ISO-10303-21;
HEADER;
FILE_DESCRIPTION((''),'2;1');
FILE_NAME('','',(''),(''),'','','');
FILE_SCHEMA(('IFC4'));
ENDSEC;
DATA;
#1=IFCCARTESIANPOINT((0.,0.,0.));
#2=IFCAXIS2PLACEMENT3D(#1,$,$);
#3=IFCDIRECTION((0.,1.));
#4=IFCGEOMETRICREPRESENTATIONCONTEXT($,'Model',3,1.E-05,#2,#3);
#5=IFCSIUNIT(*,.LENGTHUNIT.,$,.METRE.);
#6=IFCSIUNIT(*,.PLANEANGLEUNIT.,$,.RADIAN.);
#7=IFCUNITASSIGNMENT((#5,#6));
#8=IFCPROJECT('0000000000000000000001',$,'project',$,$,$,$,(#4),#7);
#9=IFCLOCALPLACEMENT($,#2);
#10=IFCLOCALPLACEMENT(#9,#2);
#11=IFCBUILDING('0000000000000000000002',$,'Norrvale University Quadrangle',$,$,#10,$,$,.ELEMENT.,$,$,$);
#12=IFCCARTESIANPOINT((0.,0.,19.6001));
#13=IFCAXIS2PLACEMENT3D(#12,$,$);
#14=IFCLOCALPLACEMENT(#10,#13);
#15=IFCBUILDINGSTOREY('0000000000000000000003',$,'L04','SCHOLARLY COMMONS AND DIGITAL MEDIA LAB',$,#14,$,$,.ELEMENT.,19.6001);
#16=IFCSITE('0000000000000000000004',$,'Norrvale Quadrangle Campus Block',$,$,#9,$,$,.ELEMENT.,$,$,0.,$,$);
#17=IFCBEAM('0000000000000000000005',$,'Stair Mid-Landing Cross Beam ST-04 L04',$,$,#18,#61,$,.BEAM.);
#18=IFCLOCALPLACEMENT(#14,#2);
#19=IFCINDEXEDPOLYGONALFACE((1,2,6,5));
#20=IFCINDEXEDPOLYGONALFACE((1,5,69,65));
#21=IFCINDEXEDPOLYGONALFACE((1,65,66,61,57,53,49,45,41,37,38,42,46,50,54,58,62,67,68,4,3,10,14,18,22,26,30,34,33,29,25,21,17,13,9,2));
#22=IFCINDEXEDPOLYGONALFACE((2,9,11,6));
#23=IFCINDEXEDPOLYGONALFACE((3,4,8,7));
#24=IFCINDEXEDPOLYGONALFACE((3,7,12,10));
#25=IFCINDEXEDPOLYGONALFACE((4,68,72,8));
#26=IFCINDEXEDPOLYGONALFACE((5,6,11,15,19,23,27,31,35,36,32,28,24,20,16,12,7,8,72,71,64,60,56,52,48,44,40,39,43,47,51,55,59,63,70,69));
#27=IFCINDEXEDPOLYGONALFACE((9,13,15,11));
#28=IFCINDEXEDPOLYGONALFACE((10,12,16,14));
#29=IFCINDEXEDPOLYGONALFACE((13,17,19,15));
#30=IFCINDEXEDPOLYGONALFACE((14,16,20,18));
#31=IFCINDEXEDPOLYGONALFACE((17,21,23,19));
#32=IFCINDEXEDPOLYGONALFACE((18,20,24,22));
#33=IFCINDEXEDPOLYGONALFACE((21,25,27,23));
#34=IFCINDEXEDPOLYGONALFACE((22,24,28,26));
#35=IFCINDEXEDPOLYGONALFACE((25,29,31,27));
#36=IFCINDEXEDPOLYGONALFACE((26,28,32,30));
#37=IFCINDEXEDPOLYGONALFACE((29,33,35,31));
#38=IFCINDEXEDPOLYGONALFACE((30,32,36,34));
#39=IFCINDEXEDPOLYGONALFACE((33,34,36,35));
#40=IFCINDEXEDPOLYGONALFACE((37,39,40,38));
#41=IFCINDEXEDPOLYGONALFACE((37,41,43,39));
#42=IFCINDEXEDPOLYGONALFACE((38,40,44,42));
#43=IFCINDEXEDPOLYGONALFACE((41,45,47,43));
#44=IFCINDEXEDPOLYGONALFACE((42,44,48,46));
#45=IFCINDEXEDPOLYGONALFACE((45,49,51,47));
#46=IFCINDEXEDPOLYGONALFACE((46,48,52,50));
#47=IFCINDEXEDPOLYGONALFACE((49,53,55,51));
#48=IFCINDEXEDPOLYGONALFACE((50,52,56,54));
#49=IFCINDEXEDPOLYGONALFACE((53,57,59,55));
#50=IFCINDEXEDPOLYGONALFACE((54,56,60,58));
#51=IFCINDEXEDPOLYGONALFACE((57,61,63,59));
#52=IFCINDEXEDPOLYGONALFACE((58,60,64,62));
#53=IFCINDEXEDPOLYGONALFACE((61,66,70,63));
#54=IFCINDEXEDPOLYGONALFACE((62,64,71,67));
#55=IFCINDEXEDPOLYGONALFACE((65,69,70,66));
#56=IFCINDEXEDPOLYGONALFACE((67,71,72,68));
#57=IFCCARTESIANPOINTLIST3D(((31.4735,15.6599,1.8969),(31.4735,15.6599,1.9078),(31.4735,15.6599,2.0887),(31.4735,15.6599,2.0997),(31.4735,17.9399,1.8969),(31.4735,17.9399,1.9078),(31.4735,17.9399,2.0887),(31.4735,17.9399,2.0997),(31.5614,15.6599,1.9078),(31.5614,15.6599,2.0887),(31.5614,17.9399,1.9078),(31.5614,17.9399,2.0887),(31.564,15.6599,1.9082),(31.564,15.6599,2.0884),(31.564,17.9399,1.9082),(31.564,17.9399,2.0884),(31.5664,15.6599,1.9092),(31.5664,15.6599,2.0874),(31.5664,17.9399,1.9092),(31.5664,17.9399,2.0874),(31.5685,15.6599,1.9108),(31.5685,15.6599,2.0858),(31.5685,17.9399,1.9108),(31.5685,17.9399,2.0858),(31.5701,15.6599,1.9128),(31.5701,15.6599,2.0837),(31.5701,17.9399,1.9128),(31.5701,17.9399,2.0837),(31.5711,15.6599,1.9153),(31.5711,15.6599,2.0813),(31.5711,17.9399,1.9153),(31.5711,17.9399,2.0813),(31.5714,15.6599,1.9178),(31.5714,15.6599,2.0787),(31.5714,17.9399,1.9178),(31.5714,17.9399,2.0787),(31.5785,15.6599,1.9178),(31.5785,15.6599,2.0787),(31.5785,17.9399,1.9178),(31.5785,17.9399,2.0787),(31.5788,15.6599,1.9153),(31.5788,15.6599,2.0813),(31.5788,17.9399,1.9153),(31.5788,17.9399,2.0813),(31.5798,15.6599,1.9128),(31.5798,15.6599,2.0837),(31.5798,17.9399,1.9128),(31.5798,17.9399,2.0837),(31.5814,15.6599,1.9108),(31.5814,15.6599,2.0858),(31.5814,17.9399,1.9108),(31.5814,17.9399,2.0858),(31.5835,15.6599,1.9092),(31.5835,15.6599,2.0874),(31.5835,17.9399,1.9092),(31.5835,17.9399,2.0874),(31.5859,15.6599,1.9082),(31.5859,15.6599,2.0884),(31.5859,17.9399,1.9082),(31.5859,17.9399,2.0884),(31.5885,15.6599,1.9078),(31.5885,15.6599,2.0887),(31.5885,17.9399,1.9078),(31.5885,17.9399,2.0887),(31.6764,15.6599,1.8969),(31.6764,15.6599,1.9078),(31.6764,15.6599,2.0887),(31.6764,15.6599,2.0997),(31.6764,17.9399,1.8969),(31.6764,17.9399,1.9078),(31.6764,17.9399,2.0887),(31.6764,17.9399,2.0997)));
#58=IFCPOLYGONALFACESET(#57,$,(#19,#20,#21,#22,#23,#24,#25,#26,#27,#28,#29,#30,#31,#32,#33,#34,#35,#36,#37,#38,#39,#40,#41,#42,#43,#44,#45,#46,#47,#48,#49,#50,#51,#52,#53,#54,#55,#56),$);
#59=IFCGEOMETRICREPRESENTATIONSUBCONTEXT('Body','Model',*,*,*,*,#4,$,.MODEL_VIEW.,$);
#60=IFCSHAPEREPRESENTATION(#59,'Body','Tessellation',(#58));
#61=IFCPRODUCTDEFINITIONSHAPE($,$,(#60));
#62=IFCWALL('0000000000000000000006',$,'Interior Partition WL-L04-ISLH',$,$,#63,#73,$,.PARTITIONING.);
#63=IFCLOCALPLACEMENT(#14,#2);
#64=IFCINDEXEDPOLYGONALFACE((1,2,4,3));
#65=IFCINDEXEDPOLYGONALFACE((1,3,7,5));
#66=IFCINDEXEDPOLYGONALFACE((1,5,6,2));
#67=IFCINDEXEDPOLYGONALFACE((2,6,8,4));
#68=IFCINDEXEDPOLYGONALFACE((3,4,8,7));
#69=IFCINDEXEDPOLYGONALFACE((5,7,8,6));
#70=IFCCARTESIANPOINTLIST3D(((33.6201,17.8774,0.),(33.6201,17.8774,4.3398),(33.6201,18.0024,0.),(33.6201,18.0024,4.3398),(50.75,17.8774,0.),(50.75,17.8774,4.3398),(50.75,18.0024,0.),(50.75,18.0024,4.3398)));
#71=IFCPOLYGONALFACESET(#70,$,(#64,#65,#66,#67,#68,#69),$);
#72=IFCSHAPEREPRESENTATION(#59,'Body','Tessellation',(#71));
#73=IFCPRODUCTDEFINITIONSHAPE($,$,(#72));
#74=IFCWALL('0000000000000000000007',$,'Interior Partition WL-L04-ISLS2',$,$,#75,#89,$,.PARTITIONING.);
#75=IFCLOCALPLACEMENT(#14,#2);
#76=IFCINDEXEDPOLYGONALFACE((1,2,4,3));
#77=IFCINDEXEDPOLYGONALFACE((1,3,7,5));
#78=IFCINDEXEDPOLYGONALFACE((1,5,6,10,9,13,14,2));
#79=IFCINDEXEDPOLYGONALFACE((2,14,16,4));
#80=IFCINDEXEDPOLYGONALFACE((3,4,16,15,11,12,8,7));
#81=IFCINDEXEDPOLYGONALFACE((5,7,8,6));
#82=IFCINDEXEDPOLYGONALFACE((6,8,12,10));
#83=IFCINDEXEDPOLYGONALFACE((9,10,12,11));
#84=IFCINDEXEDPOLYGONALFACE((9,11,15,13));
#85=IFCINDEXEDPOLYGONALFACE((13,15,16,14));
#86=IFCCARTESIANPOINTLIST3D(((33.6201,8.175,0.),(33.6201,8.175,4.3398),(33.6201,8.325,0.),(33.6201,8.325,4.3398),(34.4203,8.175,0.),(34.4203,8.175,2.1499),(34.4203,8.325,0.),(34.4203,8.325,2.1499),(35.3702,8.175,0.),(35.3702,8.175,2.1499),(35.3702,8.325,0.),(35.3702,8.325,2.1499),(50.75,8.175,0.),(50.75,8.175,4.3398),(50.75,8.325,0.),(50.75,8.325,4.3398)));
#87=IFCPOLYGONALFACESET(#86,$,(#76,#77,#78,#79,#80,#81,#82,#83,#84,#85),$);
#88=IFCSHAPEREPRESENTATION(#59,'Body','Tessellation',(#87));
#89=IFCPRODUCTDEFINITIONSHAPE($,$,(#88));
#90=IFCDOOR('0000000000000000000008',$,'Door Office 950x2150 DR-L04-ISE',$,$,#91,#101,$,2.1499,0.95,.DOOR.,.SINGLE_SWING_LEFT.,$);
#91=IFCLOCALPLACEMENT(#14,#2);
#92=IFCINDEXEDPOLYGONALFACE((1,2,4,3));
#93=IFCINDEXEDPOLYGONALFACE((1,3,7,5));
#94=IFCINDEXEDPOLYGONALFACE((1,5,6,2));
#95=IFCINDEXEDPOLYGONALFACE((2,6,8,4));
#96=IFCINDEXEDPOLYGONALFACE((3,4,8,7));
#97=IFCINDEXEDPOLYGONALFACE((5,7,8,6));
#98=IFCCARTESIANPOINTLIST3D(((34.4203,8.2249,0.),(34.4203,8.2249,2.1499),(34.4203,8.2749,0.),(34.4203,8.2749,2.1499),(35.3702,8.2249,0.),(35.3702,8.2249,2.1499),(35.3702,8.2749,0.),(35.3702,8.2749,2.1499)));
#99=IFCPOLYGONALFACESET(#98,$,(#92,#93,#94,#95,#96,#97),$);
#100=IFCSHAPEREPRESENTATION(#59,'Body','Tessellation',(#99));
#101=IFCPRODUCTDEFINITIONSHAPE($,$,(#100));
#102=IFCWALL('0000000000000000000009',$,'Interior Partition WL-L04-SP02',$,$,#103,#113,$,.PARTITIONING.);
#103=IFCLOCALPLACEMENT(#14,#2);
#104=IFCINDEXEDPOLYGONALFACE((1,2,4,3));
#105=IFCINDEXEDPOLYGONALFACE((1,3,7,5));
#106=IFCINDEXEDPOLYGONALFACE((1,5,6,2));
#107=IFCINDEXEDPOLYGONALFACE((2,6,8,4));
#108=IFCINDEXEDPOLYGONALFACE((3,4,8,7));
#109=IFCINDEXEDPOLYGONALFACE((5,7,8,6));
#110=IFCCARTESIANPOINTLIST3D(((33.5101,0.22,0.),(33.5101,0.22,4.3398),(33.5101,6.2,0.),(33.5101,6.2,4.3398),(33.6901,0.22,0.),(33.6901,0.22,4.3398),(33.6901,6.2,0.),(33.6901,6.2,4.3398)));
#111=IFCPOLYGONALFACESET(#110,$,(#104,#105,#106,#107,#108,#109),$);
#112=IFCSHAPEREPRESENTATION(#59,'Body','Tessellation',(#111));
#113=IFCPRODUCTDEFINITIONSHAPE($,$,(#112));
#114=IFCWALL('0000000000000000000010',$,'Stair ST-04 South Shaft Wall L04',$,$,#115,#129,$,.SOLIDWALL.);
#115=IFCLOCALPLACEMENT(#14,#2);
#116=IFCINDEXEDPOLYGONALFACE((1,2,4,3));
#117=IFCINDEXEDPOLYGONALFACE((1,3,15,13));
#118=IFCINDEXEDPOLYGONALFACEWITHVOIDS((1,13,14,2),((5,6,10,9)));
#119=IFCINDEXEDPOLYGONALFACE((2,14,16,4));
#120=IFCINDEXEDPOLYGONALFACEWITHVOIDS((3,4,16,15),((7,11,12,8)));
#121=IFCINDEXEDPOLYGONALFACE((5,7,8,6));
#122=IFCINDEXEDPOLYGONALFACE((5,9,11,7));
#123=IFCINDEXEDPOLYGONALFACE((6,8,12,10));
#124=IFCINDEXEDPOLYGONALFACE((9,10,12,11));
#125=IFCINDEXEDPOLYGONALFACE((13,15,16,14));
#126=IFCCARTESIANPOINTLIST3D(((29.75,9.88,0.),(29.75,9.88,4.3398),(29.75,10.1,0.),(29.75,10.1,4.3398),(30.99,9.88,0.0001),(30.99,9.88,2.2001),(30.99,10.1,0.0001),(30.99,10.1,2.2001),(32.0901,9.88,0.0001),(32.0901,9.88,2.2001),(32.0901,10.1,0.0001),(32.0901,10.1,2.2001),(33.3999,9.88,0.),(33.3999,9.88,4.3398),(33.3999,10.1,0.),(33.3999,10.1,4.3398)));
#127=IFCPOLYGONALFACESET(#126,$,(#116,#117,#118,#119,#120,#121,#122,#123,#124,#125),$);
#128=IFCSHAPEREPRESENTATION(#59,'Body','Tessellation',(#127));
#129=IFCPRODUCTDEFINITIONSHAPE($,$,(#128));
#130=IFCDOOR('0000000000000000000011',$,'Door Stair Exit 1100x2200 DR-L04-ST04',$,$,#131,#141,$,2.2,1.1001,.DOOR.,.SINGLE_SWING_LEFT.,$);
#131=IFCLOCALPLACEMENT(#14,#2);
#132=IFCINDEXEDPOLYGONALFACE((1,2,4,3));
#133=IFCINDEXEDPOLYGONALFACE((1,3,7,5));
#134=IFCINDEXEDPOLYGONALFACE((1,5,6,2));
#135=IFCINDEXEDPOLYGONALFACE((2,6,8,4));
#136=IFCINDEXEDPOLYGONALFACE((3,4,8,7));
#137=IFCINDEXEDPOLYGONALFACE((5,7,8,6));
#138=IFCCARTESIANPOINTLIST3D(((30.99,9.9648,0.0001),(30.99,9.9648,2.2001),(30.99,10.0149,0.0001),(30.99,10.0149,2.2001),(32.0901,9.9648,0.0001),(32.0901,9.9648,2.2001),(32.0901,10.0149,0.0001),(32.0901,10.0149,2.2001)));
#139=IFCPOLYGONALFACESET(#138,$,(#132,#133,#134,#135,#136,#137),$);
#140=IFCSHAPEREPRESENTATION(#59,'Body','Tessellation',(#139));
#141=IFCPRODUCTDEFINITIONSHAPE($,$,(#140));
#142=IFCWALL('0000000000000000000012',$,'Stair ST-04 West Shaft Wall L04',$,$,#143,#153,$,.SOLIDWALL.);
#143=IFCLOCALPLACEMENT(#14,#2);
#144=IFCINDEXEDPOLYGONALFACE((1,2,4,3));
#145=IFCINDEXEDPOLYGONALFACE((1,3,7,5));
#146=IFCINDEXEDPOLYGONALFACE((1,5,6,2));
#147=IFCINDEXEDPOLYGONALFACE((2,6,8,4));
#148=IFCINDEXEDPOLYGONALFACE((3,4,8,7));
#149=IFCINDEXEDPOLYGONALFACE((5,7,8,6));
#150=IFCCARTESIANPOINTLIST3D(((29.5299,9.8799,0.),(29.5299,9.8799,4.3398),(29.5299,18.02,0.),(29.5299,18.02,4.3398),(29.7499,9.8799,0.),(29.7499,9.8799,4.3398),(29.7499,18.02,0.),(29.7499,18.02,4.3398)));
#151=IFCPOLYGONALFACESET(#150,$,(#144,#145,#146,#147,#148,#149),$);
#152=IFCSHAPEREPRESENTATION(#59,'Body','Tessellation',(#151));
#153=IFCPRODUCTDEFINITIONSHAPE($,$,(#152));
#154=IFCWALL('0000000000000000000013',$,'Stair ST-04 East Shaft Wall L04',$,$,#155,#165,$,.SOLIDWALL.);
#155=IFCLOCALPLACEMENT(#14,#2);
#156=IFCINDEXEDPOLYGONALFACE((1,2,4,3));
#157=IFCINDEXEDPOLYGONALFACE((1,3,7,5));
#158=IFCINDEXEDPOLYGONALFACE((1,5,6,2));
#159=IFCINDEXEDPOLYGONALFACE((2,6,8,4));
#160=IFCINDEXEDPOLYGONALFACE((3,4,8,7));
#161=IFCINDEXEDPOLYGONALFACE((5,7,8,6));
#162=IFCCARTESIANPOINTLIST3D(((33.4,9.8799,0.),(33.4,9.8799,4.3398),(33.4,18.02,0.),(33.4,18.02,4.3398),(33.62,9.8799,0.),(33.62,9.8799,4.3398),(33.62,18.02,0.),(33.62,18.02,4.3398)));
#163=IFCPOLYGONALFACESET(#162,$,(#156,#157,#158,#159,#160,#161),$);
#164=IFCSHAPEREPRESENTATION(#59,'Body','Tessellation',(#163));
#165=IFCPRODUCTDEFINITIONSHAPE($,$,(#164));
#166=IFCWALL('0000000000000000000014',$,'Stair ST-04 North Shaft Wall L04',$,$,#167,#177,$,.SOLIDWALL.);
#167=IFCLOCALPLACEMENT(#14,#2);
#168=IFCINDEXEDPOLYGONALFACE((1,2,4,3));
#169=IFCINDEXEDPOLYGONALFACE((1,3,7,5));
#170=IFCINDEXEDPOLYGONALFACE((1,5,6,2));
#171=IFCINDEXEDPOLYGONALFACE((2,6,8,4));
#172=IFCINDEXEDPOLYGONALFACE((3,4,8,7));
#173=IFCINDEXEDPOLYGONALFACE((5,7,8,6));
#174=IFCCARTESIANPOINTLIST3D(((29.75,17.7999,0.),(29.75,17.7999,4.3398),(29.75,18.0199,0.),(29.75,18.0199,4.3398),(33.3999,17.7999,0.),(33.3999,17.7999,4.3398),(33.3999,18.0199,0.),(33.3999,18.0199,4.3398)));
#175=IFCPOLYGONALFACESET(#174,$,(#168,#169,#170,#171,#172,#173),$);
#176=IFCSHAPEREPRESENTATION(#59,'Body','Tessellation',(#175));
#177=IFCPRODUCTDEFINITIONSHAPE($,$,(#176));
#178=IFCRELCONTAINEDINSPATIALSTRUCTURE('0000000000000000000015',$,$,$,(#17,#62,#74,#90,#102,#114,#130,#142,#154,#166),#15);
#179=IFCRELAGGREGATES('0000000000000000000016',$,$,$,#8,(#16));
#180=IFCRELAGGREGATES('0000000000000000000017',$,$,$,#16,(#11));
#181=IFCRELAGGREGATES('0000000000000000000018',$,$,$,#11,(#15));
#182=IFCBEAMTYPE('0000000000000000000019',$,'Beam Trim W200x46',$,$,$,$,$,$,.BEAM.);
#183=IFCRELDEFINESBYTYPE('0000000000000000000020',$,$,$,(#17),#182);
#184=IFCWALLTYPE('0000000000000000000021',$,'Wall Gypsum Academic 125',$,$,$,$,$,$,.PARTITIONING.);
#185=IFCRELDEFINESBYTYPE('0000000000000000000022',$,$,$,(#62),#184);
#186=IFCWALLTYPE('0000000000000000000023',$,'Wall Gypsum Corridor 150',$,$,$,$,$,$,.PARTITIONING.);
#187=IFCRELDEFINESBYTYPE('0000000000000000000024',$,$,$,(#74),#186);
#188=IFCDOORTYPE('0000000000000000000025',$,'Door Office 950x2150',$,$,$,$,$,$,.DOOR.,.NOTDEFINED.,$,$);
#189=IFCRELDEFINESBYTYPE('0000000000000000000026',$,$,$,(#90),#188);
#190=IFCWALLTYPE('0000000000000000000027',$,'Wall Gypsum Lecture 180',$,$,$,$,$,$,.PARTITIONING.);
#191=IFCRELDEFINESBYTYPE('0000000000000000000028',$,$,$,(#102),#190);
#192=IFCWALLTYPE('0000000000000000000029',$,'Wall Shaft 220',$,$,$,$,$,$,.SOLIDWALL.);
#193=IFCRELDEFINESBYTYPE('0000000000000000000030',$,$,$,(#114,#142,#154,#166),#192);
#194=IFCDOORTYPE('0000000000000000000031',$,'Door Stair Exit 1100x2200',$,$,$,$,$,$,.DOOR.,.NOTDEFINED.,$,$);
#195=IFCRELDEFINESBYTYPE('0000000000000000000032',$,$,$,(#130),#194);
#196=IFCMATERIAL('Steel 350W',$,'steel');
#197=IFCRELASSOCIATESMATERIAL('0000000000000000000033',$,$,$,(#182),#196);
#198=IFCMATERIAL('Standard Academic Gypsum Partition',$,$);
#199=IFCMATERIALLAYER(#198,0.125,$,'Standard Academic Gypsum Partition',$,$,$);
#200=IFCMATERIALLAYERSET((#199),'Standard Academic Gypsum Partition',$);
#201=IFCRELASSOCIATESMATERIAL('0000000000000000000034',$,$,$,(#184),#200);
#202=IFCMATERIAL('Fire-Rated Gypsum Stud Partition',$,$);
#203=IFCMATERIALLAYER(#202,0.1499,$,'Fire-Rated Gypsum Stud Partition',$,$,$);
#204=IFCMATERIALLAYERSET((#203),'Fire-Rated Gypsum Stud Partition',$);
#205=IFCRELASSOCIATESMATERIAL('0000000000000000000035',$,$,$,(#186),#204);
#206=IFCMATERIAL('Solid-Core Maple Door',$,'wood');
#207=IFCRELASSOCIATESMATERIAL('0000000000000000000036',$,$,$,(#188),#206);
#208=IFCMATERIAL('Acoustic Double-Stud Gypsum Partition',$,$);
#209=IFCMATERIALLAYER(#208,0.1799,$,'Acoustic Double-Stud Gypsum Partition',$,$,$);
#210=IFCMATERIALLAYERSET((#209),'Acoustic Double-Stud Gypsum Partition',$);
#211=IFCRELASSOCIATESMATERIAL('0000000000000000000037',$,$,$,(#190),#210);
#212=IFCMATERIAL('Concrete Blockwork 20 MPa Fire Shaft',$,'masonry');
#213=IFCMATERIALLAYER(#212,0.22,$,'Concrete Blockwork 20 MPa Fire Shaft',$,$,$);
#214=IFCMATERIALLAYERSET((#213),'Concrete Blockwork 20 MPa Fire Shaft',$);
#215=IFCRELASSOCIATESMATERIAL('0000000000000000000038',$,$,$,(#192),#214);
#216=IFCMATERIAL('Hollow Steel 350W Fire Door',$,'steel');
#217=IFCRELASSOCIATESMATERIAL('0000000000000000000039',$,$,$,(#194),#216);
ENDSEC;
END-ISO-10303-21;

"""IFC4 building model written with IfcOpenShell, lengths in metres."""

from ifc_helpers import new_model, si_unit, direction, frame, frame_2d, origin, origin_2d, place, context, subcontext, project, spatial, rectangle, i_section, extrude, material, layer, layer_set, material_profile, profile_set, type_object, element, fill, save


model = new_model("IFC4")

# Units and contexts
model_context = context("Model", 3, precision=1e-05, world=origin(), true_north=direction((0.0, 1.0)))
body_context = subcontext(model_context, "Body", "Model", "MODEL_VIEW")
ifc_project = project(units=[si_unit("LENGTHUNIT", "METRE"), si_unit("PLANEANGLEUNIT", "RADIAN")], contexts=[model_context])

# Site, building, storey
site_placement = place(None, origin())
site = spatial("IfcSite", under=ifc_project, at=site_placement, Name="Norrvale Quadrangle Campus Block", CompositionType="ELEMENT", RefElevation=0.0)
building_placement = place(site_placement, origin())
building = spatial("IfcBuilding", under=site, at=building_placement, Name="Norrvale University Quadrangle", CompositionType="ELEMENT")
storey_placement = place(building_placement, frame((0.0, 0.0, 19.6001)))
storey = spatial("IfcBuildingStorey", under=building, at=storey_placement, Name="L04", Description="SCHOLARLY COMMONS AND DIGITAL MEDIA LAB", CompositionType="ELEMENT", Elevation=19.6001)

# Beam
ifc_material_1 = material(Name="Steel 350W", Category="steel")
ifc_material_profile_1 = material_profile(ifc_material_1, i_section(OverallWidth=0.2029, OverallDepth=0.2029, WebThickness=0.0071, FlangeThickness=0.011, FilletRadius=0.01, at=origin_2d()), Name="Steel 350W")
ifc_profile_set_1 = profile_set([ifc_material_profile_1], Name="Steel 350W")
beam_type_1 = type_object("IfcBeamType", Name="Beam Trim W200x46", PredefinedType="BEAM", material=ifc_profile_set_1)
beam_1_placement = place(storey_placement, frame((31.575, 15.6599, 1.9983), z_axis=(0.0, 1.0, 0.0), x_axis=(-1.0, 0.0, 0.0)))
element("IfcBeam", 1, at=beam_1_placement, inside=storey, type_object=beam_type_1, Name="Stair Mid-Landing Cross Beam ST-04 L04", PredefinedType="BEAM", context=body_context, shape_type="SweptSolid", body=[
    extrude(i_section(OverallWidth=0.2029, OverallDepth=0.2029, WebThickness=0.0071, FlangeThickness=0.011, FilletRadius=0.01, at=origin_2d()), origin(), (0.0, 0.0, 1.0), 2.28),
])

# Wall
ifc_material_2 = material(Name="Standard Academic Gypsum Partition")
ifc_layer_1 = layer(ifc_material_2, 0.125, Name="Standard Academic Gypsum Partition")
ifc_layer_set_1 = layer_set([ifc_layer_1], Name="Standard Academic Gypsum Partition")
wall_type_1 = type_object("IfcWallType", Name="Wall Gypsum Academic 125", PredefinedType="PARTITIONING", material=ifc_layer_set_1)
wall_1_placement = place(storey_placement, frame((33.6201, 17.9399, 0.0), z_axis=(0.0, 0.0, 1.0), x_axis=(1.0, 0.0, 0.0)))
element("IfcWall", 2, at=wall_1_placement, inside=storey, type_object=wall_type_1, Name="Interior Partition WL-L04-ISLH", PredefinedType="PARTITIONING", context=body_context, shape_type="SweptSolid", body=[
    extrude(rectangle(XDim=17.1299, YDim=0.125, at=frame_2d((8.5649, 0.0))), origin(), (0.0, 0.0, 1.0), 4.3398),
])

# Wall, opening, door
ifc_material_3 = material(Name="Fire-Rated Gypsum Stud Partition")
ifc_layer_2 = layer(ifc_material_3, 0.1499, Name="Fire-Rated Gypsum Stud Partition")
ifc_layer_set_2 = layer_set([ifc_layer_2], Name="Fire-Rated Gypsum Stud Partition")
wall_type_2 = type_object("IfcWallType", Name="Wall Gypsum Corridor 150", PredefinedType="PARTITIONING", material=ifc_layer_set_2)
wall_2_placement = place(storey_placement, frame((33.6201, 8.25, 0.0), z_axis=(0.0, 0.0, 1.0), x_axis=(1.0, 0.0, 0.0)))
wall_2 = element("IfcWall", 3, at=wall_2_placement, inside=storey, type_object=wall_type_2, Name="Interior Partition WL-L04-ISLS2", PredefinedType="PARTITIONING", context=body_context, shape_type="SweptSolid", body=[
    extrude(rectangle(XDim=17.1299, YDim=0.1499, at=frame_2d((8.5649, 0.0))), origin(), (0.0, 0.0, 1.0), 4.3398),
])
opening_1_placement = place(wall_2_placement, frame((0.8, 0.0, 0.0)))
opening_1 = element("IfcOpeningElement", 4, at=opening_1_placement, cuts=wall_2, PredefinedType="OPENING", context=body_context, shape_type="SweptSolid", body=[
    extrude(rectangle(XDim=0.95, YDim=2.1499, at=frame_2d((0.4751, 1.075))), frame((0.0, 0.0869, 0.0), z_axis=(0.0, -1.0, 0.0), x_axis=(1.0, 0.0, 0.0)), (0.0, 0.0, 1.0), 0.1738),
])
ifc_material_4 = material(Name="Solid-Core Maple Door", Category="wood")
door_type_1 = type_object("IfcDoorType", Name="Door Office 950x2150", OperationType="NOTDEFINED", PredefinedType="DOOR", material=ifc_material_4)
door_1_placement = place(opening_1_placement, origin())
door_1 = element("IfcDoor", 5, at=door_1_placement, inside=storey, type_object=door_type_1, Name="Door Office 950x2150 DR-L04-ISE", OperationType="SINGLE_SWING_LEFT", OverallHeight=2.1499, OverallWidth=0.95, PredefinedType="DOOR", context=body_context, shape_type="SweptSolid", body=[
    extrude(rectangle(XDim=0.95, YDim=2.1499, at=frame_2d((0.4751, 1.075))), frame((0.0, 0.0249, 0.0), z_axis=(0.0, -1.0, 0.0), x_axis=(1.0, 0.0, 0.0)), (0.0, 0.0, 1.0), 0.05),
])
fill(opening_1, door_1)

# Wall
ifc_material_5 = material(Name="Acoustic Double-Stud Gypsum Partition")
ifc_layer_3 = layer(ifc_material_5, 0.1799, Name="Acoustic Double-Stud Gypsum Partition")
ifc_layer_set_3 = layer_set([ifc_layer_3], Name="Acoustic Double-Stud Gypsum Partition")
wall_type_3 = type_object("IfcWallType", Name="Wall Gypsum Lecture 180", PredefinedType="PARTITIONING", material=ifc_layer_set_3)
wall_3_placement = place(storey_placement, frame((33.6001, 0.22, 0.0), z_axis=(0.0, 0.0, 1.0), x_axis=(0.0, 1.0, 0.0)))
element("IfcWall", 6, at=wall_3_placement, inside=storey, type_object=wall_type_3, Name="Interior Partition WL-L04-SP02", PredefinedType="PARTITIONING", context=body_context, shape_type="SweptSolid", body=[
    extrude(rectangle(XDim=5.98, YDim=0.1799, at=frame_2d((2.99, 0.0))), origin(), (0.0, 0.0, 1.0), 4.3398),
])

# Wall, opening, door
ifc_material_6 = material(Name="Concrete Blockwork 20 MPa Fire Shaft", Category="masonry")
ifc_layer_4 = layer(ifc_material_6, 0.22, Name="Concrete Blockwork 20 MPa Fire Shaft")
ifc_layer_set_4 = layer_set([ifc_layer_4], Name="Concrete Blockwork 20 MPa Fire Shaft")
wall_type_4 = type_object("IfcWallType", Name="Wall Shaft 220", PredefinedType="SOLIDWALL", material=ifc_layer_set_4)
wall_4_placement = place(storey_placement, frame((29.75, 9.99, 0.0), z_axis=(0.0, 0.0, 1.0), x_axis=(1.0, 0.0, 0.0)))
wall_4 = element("IfcWall", 7, at=wall_4_placement, inside=storey, type_object=wall_type_4, Name="Stair ST-04 South Shaft Wall L04", PredefinedType="SOLIDWALL", context=body_context, shape_type="SweptSolid", body=[
    extrude(rectangle(XDim=3.6499, YDim=0.22, at=frame_2d((1.825, 0.0))), origin(), (0.0, 0.0, 1.0), 4.3398),
])
opening_2_placement = place(wall_4_placement, frame((1.24, 0.0, 0.0)))
opening_2 = element("IfcOpeningElement", 8, at=opening_2_placement, cuts=wall_4, PredefinedType="OPENING", context=body_context, shape_type="SweptSolid", body=[
    extrude(rectangle(XDim=1.1001, YDim=2.2, at=frame_2d((0.55, 1.1001))), frame((0.0, 0.1221, 0.0), z_axis=(0.0, -1.0, 0.0), x_axis=(1.0, 0.0, 0.0)), (0.0, 0.0, 1.0), 0.2439),
])
ifc_material_7 = material(Name="Hollow Steel 350W Fire Door", Category="steel")
door_type_2 = type_object("IfcDoorType", Name="Door Stair Exit 1100x2200", OperationType="NOTDEFINED", PredefinedType="DOOR", material=ifc_material_7)
door_2_placement = place(opening_2_placement, origin())
door_2 = element("IfcDoor", 9, at=door_2_placement, inside=storey, type_object=door_type_2, Name="Door Stair Exit 1100x2200 DR-L04-ST04", OperationType="SINGLE_SWING_LEFT", OverallHeight=2.2, OverallWidth=1.1001, PredefinedType="DOOR", context=body_context, shape_type="SweptSolid", body=[
    extrude(rectangle(XDim=1.1001, YDim=2.2, at=frame_2d((0.55, 1.1001))), frame((0.0, 0.0249, 0.0), z_axis=(0.0, -1.0, 0.0), x_axis=(1.0, 0.0, 0.0)), (0.0, 0.0, 1.0), 0.05),
])
fill(opening_2, door_2)

# Walls
for number, where, z_axis, x_axis, name in (
    (10, (29.6399, 9.8799, 0.0), (0.0, 0.0, 1.0), (0.0, 1.0, 0.0), "Stair ST-04 West Shaft Wall L04"),
    (11, (33.51, 9.8799, 0.0), (0.0, 0.0, 1.0), (0.0, 1.0, 0.0), "Stair ST-04 East Shaft Wall L04"),
):
    element("IfcWall", number, at=place(storey_placement, frame(where, z_axis=z_axis, x_axis=x_axis)), inside=storey, type_object=wall_type_4, Name=name, PredefinedType="SOLIDWALL", context=body_context, shape_type="SweptSolid", body=[
        extrude(rectangle(XDim=8.1401, YDim=0.22, at=frame_2d((4.0701, 0.0))), origin(), (0.0, 0.0, 1.0), 4.3398),
    ])
wall_5_placement = place(storey_placement, frame((29.75, 17.9099, 0.0), z_axis=(0.0, 0.0, 1.0), x_axis=(1.0, 0.0, 0.0)))
element("IfcWall", 12, at=wall_5_placement, inside=storey, type_object=wall_type_4, Name="Stair ST-04 North Shaft Wall L04", PredefinedType="SOLIDWALL", context=body_context, shape_type="SweptSolid", body=[
    extrude(rectangle(XDim=3.6499, YDim=0.22, at=frame_2d((1.825, 0.0))), origin(), (0.0, 0.0, 1.0), 4.3398),
])

save(model, "model.ifc")
